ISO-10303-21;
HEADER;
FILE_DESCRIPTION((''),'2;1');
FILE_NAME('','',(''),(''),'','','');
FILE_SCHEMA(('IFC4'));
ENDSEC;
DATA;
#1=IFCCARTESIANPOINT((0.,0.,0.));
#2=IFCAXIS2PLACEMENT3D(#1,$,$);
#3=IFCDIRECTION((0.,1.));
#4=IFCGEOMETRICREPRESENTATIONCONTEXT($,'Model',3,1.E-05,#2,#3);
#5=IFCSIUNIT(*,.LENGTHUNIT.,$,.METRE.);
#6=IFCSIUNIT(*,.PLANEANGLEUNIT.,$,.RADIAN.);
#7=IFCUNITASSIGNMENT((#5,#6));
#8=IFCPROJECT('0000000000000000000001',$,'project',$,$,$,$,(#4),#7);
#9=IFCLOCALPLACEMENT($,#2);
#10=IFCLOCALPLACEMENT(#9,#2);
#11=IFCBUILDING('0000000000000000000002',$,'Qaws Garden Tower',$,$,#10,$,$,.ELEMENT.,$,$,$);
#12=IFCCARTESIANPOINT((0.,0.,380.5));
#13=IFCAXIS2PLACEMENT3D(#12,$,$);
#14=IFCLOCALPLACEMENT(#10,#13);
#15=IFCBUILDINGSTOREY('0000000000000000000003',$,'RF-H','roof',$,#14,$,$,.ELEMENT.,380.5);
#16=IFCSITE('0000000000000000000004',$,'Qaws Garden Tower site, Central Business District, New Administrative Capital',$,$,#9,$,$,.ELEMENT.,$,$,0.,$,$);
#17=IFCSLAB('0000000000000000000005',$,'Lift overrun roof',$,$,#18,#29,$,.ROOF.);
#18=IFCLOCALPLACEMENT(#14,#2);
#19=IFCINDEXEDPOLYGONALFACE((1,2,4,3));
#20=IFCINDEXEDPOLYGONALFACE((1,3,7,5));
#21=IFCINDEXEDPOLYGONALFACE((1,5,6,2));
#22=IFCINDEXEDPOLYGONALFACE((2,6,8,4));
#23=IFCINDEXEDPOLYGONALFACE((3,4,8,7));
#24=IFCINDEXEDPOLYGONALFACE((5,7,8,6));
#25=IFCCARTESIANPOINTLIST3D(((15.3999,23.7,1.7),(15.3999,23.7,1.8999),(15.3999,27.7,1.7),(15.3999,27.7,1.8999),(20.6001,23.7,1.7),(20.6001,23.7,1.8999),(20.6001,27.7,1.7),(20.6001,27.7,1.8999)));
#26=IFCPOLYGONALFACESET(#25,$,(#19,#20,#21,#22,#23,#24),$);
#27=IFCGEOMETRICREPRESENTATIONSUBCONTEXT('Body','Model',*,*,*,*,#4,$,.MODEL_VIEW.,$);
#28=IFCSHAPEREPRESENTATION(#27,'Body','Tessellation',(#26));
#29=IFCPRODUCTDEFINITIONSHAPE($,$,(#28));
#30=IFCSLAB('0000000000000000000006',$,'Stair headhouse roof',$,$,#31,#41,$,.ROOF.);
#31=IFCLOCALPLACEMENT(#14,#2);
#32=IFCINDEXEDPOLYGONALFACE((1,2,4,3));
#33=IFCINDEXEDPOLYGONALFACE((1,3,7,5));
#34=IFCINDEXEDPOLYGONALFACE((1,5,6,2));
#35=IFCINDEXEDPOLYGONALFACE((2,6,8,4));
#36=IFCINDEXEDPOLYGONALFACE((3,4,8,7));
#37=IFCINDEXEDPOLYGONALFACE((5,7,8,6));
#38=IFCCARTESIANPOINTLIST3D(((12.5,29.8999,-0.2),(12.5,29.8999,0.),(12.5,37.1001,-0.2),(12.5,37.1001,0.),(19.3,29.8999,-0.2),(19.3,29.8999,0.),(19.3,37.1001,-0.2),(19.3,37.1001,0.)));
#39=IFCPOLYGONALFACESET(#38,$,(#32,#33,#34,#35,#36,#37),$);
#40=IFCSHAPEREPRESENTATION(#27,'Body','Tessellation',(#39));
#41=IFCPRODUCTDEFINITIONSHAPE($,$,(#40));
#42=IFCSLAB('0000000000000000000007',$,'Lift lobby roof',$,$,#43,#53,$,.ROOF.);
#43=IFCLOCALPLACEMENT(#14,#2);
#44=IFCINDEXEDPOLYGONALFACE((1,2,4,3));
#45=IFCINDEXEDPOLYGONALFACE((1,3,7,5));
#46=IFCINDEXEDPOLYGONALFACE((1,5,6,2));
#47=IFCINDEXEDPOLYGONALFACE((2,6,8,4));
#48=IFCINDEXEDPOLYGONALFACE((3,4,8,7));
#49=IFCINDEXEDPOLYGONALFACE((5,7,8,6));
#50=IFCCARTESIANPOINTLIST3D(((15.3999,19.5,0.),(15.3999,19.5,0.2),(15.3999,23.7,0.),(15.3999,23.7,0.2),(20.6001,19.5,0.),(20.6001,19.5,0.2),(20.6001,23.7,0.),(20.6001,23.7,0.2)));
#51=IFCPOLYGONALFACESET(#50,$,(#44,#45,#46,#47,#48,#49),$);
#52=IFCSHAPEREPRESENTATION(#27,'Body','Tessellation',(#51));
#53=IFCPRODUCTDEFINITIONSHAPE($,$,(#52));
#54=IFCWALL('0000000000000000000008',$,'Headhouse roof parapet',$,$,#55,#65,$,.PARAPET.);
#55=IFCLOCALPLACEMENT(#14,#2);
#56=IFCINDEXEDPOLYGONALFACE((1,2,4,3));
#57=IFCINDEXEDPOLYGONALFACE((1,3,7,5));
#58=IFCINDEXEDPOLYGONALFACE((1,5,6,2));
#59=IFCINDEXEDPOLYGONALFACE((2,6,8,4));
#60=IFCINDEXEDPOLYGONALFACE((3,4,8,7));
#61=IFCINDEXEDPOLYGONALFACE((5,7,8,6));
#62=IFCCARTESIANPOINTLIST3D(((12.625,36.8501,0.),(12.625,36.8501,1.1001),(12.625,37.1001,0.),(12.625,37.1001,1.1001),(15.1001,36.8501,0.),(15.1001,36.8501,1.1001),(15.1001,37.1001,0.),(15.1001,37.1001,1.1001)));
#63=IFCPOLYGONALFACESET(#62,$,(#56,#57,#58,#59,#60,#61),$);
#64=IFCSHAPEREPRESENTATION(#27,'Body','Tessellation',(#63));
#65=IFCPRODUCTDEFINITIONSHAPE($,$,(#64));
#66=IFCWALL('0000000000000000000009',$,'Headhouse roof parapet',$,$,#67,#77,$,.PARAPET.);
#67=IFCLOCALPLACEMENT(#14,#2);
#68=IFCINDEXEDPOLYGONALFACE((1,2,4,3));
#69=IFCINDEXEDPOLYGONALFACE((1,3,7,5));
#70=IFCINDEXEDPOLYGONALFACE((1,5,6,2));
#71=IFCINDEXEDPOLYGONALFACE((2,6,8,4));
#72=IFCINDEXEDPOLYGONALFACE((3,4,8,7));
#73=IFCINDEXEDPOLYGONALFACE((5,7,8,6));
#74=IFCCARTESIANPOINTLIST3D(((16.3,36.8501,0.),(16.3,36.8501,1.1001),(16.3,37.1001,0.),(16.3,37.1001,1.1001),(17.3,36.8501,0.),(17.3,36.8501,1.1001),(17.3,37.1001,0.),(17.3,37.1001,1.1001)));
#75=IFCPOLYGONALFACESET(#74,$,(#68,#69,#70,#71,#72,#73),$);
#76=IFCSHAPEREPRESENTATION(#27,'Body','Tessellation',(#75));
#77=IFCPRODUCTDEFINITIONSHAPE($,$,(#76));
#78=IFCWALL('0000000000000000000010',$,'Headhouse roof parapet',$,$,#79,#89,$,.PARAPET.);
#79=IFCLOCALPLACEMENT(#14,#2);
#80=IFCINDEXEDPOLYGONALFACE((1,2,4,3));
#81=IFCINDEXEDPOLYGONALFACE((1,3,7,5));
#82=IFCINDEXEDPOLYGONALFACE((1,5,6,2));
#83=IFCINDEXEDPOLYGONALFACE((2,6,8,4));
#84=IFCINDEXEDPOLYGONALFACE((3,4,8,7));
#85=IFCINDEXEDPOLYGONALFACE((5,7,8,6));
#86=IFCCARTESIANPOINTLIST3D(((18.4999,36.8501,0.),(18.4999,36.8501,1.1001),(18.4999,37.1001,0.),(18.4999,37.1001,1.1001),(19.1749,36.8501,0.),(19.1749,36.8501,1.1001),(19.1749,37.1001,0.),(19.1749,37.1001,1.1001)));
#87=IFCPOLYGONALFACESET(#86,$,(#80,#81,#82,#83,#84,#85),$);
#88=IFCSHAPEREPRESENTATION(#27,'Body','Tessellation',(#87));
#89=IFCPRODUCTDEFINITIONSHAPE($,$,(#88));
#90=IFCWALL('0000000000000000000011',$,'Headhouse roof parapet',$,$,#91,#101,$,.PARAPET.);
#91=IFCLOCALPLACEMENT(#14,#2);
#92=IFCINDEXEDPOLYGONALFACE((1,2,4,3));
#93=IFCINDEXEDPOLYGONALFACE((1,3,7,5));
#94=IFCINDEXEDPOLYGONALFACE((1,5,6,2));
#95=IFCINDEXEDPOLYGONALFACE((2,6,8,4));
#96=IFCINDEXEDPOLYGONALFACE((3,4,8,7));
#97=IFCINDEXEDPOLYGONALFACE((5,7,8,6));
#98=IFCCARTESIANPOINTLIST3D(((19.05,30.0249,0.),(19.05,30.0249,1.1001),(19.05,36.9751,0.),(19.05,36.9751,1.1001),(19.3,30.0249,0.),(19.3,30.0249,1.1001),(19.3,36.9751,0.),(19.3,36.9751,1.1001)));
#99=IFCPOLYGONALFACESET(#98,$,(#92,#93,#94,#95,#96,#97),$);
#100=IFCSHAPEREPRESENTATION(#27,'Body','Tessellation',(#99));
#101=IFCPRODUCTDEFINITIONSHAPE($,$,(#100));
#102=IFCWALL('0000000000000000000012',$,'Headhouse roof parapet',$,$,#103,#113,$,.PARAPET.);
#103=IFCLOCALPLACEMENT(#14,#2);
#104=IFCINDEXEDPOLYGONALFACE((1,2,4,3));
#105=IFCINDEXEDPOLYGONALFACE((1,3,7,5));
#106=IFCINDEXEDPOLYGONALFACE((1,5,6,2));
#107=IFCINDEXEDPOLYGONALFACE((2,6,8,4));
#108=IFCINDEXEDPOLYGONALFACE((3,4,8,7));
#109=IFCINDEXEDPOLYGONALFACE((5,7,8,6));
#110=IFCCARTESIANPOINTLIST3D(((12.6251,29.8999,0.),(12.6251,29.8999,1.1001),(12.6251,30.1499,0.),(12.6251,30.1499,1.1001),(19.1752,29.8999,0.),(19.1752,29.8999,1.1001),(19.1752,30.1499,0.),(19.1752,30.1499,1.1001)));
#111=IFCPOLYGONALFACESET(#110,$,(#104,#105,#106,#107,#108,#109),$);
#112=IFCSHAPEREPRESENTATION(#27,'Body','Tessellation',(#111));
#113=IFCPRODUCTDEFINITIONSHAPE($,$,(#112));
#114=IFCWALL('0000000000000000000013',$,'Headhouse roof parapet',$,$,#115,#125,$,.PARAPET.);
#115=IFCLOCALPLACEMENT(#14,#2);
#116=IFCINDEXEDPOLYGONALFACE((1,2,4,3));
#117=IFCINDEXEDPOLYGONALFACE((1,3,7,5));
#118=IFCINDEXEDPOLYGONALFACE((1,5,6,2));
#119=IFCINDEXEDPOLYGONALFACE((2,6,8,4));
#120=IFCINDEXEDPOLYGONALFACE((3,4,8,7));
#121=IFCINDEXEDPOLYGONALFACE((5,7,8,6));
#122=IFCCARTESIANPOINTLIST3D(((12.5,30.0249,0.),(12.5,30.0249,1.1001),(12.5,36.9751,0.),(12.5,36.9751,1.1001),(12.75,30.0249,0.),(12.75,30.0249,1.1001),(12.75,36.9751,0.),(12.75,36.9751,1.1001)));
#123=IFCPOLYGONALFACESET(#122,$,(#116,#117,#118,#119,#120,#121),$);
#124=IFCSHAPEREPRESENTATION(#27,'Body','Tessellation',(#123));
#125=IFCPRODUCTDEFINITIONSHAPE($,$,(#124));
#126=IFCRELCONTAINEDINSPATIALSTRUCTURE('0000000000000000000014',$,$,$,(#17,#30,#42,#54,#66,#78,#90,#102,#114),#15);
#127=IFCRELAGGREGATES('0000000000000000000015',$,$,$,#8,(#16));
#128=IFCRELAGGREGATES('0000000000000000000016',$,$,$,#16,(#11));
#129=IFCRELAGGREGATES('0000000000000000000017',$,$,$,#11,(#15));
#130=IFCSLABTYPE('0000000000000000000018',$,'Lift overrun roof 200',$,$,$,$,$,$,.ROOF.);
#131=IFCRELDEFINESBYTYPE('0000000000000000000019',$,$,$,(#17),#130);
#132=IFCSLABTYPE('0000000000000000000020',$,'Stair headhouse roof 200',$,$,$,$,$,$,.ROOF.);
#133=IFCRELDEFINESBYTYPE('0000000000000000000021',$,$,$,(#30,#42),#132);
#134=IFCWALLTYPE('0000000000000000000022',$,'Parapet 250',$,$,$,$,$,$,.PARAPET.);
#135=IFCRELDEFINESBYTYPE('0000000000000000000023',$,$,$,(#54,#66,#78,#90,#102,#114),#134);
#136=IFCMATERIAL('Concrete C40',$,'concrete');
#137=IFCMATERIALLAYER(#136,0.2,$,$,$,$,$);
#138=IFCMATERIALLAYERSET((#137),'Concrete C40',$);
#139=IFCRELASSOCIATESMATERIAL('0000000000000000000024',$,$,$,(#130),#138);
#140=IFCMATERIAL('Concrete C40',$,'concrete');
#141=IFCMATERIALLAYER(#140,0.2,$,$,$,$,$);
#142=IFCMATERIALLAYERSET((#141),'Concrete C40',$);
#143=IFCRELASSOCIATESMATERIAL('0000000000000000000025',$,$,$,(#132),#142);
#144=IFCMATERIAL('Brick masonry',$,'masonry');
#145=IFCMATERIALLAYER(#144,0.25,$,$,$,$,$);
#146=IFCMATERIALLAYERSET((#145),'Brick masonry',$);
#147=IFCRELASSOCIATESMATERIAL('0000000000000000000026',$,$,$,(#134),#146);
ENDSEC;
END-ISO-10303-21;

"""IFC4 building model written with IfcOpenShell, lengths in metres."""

from ifc_helpers import new_model, si_unit, direction, frame, frame_2d, origin, place, context, subcontext, project, spatial, polyline, rectangle, outline, extrude, material, layer, layer_set, type_object, element, save


model = new_model("IFC4")

# Units and contexts
model_context = context("Model", 3, precision=1e-05, world=origin(), true_north=direction((0.0, 1.0)))
body_context = subcontext(model_context, "Body", "Model", "MODEL_VIEW")
ifc_project = project(units=[si_unit("LENGTHUNIT", "METRE"), si_unit("PLANEANGLEUNIT", "RADIAN")], contexts=[model_context])

# Site, building, storey
site_placement = place(None, origin())
site = spatial("IfcSite", under=ifc_project, at=site_placement, Name="Qaws Garden Tower site, Central Business District, New Administrative Capital", CompositionType="ELEMENT", RefElevation=0.0)
building_placement = place(site_placement, origin())
building = spatial("IfcBuilding", under=site, at=building_placement, Name="Qaws Garden Tower", CompositionType="ELEMENT")
storey_placement = place(building_placement, frame((0.0, 0.0, 380.5)))
storey = spatial("IfcBuildingStorey", under=building, at=storey_placement, Name="RF-H", Description="roof", CompositionType="ELEMENT", Elevation=380.5)

# Slabs
ifc_material_1 = material(Name="Concrete C40", Category="concrete")
ifc_layer_1 = layer(ifc_material_1, 0.2)
ifc_layer_set_1 = layer_set([ifc_layer_1], Name="Concrete C40")
slab_type_1 = type_object("IfcSlabType", Name="Lift overrun roof 200", PredefinedType="ROOF", material=ifc_layer_set_1)
slab_1_placement = place(storey_placement, frame((0.0, 0.0, 1.7)))
element("IfcSlab", 1, at=slab_1_placement, inside=storey, type_object=slab_type_1, Name="Lift overrun roof", PredefinedType="ROOF", context=body_context, shape_type="SweptSolid", body=[
    extrude(outline(polyline([(15.3999, 23.7), (20.6001, 23.7), (20.6001, 27.7), (15.3999, 27.7), (15.3999, 23.7)])), origin(), (0.0, 0.0, 1.0), 0.2),
])
ifc_material_2 = material(Name="Concrete C40", Category="concrete")
ifc_layer_2 = layer(ifc_material_2, 0.2)
ifc_layer_set_2 = layer_set([ifc_layer_2], Name="Concrete C40")
slab_type_2 = type_object("IfcSlabType", Name="Stair headhouse roof 200", PredefinedType="ROOF", material=ifc_layer_set_2)
slab_2_placement = place(storey_placement, frame((0.0, 0.0, -0.2)))
element("IfcSlab", 2, at=slab_2_placement, inside=storey, type_object=slab_type_2, Name="Stair headhouse roof", PredefinedType="ROOF", context=body_context, shape_type="SweptSolid", body=[
    extrude(outline(polyline([(12.5, 29.8999), (19.3, 29.8999), (19.3, 37.1001), (12.5, 37.1001), (12.5, 29.8999)])), origin(), (0.0, 0.0, 1.0), 0.2),
])
slab_3_placement = place(storey_placement, origin())
element("IfcSlab", 3, at=slab_3_placement, inside=storey, type_object=slab_type_2, Name="Lift lobby roof", PredefinedType="ROOF", context=body_context, shape_type="SweptSolid", body=[
    extrude(outline(polyline([(15.3999, 19.5), (20.6001, 19.5), (20.6001, 23.7), (15.3999, 23.7), (15.3999, 19.5)])), origin(), (0.0, 0.0, 1.0), 0.2),
])

# Walls
ifc_material_3 = material(Name="Brick masonry", Category="masonry")
ifc_layer_3 = layer(ifc_material_3, 0.25)
ifc_layer_set_3 = layer_set([ifc_layer_3], Name="Brick masonry")
wall_type = type_object("IfcWallType", Name="Parapet 250", PredefinedType="PARAPET", material=ifc_layer_set_3)
wall_1_placement = place(storey_placement, frame((12.625, 36.9751, 0.0), z_axis=(0.0, 0.0, 1.0), x_axis=(1.0, 0.0, 0.0)))
element("IfcWall", 4, at=wall_1_placement, inside=storey, type_object=wall_type, Name="Headhouse roof parapet", PredefinedType="PARAPET", context=body_context, shape_type="SweptSolid", body=[
    extrude(rectangle(XDim=2.4751, YDim=0.25, at=frame_2d((1.2375, 0.0))), origin(), (0.0, 0.0, 1.0), 1.1001),
])
wall_2_placement = place(storey_placement, frame((16.3, 36.9751, 0.0), z_axis=(0.0, 0.0, 1.0), x_axis=(1.0, 0.0, 0.0)))
element("IfcWall", 5, at=wall_2_placement, inside=storey, type_object=wall_type, Name="Headhouse roof parapet", PredefinedType="PARAPET", context=body_context, shape_type="SweptSolid", body=[
    extrude(rectangle(XDim=1.0, YDim=0.25, at=frame_2d((0.5, 0.0))), origin(), (0.0, 0.0, 1.0), 1.1001),
])
wall_3_placement = place(storey_placement, frame((18.5, 36.9751, 0.0), z_axis=(0.0, 0.0, 1.0), x_axis=(1.0, 0.0, 0.0)))
element("IfcWall", 6, at=wall_3_placement, inside=storey, type_object=wall_type, Name="Headhouse roof parapet", PredefinedType="PARAPET", context=body_context, shape_type="SweptSolid", body=[
    extrude(rectangle(XDim=0.675, YDim=0.25, at=frame_2d((0.3374, 0.0))), origin(), (0.0, 0.0, 1.0), 1.1001),
])
wall_4_placement = place(storey_placement, frame((19.175, 36.9751, 0.0), z_axis=(0.0, 0.0, 1.0), x_axis=(0.0, -1.0, 0.0)))
element("IfcWall", 7, at=wall_4_placement, inside=storey, type_object=wall_type, Name="Headhouse roof parapet", PredefinedType="PARAPET", context=body_context, shape_type="SweptSolid", body=[
    extrude(rectangle(XDim=6.9502, YDim=0.25, at=frame_2d((3.4751, 0.0))), origin(), (0.0, 0.0, 1.0), 1.1001),
])
wall_5_placement = place(storey_placement, frame((19.175, 30.0249, 0.0), z_axis=(0.0, 0.0, 1.0), x_axis=(-1.0, 0.0, 0.0)))
element("IfcWall", 8, at=wall_5_placement, inside=storey, type_object=wall_type, Name="Headhouse roof parapet", PredefinedType="PARAPET", context=body_context, shape_type="SweptSolid", body=[
    extrude(rectangle(XDim=6.55, YDim=0.25, at=frame_2d((3.2749, 0.0))), origin(), (0.0, 0.0, 1.0), 1.1001),
])
wall_6_placement = place(storey_placement, frame((12.625, 30.0249, 0.0), z_axis=(0.0, 0.0, 1.0), x_axis=(0.0, 1.0, 0.0)))
element("IfcWall", 9, at=wall_6_placement, inside=storey, type_object=wall_type, Name="Headhouse roof parapet", PredefinedType="PARAPET", context=body_context, shape_type="SweptSolid", body=[
    extrude(rectangle(XDim=6.9502, YDim=0.25, at=frame_2d((3.4751, 0.0))), origin(), (0.0, 0.0, 1.0), 1.1001),
])

save(model, "model.ifc")
